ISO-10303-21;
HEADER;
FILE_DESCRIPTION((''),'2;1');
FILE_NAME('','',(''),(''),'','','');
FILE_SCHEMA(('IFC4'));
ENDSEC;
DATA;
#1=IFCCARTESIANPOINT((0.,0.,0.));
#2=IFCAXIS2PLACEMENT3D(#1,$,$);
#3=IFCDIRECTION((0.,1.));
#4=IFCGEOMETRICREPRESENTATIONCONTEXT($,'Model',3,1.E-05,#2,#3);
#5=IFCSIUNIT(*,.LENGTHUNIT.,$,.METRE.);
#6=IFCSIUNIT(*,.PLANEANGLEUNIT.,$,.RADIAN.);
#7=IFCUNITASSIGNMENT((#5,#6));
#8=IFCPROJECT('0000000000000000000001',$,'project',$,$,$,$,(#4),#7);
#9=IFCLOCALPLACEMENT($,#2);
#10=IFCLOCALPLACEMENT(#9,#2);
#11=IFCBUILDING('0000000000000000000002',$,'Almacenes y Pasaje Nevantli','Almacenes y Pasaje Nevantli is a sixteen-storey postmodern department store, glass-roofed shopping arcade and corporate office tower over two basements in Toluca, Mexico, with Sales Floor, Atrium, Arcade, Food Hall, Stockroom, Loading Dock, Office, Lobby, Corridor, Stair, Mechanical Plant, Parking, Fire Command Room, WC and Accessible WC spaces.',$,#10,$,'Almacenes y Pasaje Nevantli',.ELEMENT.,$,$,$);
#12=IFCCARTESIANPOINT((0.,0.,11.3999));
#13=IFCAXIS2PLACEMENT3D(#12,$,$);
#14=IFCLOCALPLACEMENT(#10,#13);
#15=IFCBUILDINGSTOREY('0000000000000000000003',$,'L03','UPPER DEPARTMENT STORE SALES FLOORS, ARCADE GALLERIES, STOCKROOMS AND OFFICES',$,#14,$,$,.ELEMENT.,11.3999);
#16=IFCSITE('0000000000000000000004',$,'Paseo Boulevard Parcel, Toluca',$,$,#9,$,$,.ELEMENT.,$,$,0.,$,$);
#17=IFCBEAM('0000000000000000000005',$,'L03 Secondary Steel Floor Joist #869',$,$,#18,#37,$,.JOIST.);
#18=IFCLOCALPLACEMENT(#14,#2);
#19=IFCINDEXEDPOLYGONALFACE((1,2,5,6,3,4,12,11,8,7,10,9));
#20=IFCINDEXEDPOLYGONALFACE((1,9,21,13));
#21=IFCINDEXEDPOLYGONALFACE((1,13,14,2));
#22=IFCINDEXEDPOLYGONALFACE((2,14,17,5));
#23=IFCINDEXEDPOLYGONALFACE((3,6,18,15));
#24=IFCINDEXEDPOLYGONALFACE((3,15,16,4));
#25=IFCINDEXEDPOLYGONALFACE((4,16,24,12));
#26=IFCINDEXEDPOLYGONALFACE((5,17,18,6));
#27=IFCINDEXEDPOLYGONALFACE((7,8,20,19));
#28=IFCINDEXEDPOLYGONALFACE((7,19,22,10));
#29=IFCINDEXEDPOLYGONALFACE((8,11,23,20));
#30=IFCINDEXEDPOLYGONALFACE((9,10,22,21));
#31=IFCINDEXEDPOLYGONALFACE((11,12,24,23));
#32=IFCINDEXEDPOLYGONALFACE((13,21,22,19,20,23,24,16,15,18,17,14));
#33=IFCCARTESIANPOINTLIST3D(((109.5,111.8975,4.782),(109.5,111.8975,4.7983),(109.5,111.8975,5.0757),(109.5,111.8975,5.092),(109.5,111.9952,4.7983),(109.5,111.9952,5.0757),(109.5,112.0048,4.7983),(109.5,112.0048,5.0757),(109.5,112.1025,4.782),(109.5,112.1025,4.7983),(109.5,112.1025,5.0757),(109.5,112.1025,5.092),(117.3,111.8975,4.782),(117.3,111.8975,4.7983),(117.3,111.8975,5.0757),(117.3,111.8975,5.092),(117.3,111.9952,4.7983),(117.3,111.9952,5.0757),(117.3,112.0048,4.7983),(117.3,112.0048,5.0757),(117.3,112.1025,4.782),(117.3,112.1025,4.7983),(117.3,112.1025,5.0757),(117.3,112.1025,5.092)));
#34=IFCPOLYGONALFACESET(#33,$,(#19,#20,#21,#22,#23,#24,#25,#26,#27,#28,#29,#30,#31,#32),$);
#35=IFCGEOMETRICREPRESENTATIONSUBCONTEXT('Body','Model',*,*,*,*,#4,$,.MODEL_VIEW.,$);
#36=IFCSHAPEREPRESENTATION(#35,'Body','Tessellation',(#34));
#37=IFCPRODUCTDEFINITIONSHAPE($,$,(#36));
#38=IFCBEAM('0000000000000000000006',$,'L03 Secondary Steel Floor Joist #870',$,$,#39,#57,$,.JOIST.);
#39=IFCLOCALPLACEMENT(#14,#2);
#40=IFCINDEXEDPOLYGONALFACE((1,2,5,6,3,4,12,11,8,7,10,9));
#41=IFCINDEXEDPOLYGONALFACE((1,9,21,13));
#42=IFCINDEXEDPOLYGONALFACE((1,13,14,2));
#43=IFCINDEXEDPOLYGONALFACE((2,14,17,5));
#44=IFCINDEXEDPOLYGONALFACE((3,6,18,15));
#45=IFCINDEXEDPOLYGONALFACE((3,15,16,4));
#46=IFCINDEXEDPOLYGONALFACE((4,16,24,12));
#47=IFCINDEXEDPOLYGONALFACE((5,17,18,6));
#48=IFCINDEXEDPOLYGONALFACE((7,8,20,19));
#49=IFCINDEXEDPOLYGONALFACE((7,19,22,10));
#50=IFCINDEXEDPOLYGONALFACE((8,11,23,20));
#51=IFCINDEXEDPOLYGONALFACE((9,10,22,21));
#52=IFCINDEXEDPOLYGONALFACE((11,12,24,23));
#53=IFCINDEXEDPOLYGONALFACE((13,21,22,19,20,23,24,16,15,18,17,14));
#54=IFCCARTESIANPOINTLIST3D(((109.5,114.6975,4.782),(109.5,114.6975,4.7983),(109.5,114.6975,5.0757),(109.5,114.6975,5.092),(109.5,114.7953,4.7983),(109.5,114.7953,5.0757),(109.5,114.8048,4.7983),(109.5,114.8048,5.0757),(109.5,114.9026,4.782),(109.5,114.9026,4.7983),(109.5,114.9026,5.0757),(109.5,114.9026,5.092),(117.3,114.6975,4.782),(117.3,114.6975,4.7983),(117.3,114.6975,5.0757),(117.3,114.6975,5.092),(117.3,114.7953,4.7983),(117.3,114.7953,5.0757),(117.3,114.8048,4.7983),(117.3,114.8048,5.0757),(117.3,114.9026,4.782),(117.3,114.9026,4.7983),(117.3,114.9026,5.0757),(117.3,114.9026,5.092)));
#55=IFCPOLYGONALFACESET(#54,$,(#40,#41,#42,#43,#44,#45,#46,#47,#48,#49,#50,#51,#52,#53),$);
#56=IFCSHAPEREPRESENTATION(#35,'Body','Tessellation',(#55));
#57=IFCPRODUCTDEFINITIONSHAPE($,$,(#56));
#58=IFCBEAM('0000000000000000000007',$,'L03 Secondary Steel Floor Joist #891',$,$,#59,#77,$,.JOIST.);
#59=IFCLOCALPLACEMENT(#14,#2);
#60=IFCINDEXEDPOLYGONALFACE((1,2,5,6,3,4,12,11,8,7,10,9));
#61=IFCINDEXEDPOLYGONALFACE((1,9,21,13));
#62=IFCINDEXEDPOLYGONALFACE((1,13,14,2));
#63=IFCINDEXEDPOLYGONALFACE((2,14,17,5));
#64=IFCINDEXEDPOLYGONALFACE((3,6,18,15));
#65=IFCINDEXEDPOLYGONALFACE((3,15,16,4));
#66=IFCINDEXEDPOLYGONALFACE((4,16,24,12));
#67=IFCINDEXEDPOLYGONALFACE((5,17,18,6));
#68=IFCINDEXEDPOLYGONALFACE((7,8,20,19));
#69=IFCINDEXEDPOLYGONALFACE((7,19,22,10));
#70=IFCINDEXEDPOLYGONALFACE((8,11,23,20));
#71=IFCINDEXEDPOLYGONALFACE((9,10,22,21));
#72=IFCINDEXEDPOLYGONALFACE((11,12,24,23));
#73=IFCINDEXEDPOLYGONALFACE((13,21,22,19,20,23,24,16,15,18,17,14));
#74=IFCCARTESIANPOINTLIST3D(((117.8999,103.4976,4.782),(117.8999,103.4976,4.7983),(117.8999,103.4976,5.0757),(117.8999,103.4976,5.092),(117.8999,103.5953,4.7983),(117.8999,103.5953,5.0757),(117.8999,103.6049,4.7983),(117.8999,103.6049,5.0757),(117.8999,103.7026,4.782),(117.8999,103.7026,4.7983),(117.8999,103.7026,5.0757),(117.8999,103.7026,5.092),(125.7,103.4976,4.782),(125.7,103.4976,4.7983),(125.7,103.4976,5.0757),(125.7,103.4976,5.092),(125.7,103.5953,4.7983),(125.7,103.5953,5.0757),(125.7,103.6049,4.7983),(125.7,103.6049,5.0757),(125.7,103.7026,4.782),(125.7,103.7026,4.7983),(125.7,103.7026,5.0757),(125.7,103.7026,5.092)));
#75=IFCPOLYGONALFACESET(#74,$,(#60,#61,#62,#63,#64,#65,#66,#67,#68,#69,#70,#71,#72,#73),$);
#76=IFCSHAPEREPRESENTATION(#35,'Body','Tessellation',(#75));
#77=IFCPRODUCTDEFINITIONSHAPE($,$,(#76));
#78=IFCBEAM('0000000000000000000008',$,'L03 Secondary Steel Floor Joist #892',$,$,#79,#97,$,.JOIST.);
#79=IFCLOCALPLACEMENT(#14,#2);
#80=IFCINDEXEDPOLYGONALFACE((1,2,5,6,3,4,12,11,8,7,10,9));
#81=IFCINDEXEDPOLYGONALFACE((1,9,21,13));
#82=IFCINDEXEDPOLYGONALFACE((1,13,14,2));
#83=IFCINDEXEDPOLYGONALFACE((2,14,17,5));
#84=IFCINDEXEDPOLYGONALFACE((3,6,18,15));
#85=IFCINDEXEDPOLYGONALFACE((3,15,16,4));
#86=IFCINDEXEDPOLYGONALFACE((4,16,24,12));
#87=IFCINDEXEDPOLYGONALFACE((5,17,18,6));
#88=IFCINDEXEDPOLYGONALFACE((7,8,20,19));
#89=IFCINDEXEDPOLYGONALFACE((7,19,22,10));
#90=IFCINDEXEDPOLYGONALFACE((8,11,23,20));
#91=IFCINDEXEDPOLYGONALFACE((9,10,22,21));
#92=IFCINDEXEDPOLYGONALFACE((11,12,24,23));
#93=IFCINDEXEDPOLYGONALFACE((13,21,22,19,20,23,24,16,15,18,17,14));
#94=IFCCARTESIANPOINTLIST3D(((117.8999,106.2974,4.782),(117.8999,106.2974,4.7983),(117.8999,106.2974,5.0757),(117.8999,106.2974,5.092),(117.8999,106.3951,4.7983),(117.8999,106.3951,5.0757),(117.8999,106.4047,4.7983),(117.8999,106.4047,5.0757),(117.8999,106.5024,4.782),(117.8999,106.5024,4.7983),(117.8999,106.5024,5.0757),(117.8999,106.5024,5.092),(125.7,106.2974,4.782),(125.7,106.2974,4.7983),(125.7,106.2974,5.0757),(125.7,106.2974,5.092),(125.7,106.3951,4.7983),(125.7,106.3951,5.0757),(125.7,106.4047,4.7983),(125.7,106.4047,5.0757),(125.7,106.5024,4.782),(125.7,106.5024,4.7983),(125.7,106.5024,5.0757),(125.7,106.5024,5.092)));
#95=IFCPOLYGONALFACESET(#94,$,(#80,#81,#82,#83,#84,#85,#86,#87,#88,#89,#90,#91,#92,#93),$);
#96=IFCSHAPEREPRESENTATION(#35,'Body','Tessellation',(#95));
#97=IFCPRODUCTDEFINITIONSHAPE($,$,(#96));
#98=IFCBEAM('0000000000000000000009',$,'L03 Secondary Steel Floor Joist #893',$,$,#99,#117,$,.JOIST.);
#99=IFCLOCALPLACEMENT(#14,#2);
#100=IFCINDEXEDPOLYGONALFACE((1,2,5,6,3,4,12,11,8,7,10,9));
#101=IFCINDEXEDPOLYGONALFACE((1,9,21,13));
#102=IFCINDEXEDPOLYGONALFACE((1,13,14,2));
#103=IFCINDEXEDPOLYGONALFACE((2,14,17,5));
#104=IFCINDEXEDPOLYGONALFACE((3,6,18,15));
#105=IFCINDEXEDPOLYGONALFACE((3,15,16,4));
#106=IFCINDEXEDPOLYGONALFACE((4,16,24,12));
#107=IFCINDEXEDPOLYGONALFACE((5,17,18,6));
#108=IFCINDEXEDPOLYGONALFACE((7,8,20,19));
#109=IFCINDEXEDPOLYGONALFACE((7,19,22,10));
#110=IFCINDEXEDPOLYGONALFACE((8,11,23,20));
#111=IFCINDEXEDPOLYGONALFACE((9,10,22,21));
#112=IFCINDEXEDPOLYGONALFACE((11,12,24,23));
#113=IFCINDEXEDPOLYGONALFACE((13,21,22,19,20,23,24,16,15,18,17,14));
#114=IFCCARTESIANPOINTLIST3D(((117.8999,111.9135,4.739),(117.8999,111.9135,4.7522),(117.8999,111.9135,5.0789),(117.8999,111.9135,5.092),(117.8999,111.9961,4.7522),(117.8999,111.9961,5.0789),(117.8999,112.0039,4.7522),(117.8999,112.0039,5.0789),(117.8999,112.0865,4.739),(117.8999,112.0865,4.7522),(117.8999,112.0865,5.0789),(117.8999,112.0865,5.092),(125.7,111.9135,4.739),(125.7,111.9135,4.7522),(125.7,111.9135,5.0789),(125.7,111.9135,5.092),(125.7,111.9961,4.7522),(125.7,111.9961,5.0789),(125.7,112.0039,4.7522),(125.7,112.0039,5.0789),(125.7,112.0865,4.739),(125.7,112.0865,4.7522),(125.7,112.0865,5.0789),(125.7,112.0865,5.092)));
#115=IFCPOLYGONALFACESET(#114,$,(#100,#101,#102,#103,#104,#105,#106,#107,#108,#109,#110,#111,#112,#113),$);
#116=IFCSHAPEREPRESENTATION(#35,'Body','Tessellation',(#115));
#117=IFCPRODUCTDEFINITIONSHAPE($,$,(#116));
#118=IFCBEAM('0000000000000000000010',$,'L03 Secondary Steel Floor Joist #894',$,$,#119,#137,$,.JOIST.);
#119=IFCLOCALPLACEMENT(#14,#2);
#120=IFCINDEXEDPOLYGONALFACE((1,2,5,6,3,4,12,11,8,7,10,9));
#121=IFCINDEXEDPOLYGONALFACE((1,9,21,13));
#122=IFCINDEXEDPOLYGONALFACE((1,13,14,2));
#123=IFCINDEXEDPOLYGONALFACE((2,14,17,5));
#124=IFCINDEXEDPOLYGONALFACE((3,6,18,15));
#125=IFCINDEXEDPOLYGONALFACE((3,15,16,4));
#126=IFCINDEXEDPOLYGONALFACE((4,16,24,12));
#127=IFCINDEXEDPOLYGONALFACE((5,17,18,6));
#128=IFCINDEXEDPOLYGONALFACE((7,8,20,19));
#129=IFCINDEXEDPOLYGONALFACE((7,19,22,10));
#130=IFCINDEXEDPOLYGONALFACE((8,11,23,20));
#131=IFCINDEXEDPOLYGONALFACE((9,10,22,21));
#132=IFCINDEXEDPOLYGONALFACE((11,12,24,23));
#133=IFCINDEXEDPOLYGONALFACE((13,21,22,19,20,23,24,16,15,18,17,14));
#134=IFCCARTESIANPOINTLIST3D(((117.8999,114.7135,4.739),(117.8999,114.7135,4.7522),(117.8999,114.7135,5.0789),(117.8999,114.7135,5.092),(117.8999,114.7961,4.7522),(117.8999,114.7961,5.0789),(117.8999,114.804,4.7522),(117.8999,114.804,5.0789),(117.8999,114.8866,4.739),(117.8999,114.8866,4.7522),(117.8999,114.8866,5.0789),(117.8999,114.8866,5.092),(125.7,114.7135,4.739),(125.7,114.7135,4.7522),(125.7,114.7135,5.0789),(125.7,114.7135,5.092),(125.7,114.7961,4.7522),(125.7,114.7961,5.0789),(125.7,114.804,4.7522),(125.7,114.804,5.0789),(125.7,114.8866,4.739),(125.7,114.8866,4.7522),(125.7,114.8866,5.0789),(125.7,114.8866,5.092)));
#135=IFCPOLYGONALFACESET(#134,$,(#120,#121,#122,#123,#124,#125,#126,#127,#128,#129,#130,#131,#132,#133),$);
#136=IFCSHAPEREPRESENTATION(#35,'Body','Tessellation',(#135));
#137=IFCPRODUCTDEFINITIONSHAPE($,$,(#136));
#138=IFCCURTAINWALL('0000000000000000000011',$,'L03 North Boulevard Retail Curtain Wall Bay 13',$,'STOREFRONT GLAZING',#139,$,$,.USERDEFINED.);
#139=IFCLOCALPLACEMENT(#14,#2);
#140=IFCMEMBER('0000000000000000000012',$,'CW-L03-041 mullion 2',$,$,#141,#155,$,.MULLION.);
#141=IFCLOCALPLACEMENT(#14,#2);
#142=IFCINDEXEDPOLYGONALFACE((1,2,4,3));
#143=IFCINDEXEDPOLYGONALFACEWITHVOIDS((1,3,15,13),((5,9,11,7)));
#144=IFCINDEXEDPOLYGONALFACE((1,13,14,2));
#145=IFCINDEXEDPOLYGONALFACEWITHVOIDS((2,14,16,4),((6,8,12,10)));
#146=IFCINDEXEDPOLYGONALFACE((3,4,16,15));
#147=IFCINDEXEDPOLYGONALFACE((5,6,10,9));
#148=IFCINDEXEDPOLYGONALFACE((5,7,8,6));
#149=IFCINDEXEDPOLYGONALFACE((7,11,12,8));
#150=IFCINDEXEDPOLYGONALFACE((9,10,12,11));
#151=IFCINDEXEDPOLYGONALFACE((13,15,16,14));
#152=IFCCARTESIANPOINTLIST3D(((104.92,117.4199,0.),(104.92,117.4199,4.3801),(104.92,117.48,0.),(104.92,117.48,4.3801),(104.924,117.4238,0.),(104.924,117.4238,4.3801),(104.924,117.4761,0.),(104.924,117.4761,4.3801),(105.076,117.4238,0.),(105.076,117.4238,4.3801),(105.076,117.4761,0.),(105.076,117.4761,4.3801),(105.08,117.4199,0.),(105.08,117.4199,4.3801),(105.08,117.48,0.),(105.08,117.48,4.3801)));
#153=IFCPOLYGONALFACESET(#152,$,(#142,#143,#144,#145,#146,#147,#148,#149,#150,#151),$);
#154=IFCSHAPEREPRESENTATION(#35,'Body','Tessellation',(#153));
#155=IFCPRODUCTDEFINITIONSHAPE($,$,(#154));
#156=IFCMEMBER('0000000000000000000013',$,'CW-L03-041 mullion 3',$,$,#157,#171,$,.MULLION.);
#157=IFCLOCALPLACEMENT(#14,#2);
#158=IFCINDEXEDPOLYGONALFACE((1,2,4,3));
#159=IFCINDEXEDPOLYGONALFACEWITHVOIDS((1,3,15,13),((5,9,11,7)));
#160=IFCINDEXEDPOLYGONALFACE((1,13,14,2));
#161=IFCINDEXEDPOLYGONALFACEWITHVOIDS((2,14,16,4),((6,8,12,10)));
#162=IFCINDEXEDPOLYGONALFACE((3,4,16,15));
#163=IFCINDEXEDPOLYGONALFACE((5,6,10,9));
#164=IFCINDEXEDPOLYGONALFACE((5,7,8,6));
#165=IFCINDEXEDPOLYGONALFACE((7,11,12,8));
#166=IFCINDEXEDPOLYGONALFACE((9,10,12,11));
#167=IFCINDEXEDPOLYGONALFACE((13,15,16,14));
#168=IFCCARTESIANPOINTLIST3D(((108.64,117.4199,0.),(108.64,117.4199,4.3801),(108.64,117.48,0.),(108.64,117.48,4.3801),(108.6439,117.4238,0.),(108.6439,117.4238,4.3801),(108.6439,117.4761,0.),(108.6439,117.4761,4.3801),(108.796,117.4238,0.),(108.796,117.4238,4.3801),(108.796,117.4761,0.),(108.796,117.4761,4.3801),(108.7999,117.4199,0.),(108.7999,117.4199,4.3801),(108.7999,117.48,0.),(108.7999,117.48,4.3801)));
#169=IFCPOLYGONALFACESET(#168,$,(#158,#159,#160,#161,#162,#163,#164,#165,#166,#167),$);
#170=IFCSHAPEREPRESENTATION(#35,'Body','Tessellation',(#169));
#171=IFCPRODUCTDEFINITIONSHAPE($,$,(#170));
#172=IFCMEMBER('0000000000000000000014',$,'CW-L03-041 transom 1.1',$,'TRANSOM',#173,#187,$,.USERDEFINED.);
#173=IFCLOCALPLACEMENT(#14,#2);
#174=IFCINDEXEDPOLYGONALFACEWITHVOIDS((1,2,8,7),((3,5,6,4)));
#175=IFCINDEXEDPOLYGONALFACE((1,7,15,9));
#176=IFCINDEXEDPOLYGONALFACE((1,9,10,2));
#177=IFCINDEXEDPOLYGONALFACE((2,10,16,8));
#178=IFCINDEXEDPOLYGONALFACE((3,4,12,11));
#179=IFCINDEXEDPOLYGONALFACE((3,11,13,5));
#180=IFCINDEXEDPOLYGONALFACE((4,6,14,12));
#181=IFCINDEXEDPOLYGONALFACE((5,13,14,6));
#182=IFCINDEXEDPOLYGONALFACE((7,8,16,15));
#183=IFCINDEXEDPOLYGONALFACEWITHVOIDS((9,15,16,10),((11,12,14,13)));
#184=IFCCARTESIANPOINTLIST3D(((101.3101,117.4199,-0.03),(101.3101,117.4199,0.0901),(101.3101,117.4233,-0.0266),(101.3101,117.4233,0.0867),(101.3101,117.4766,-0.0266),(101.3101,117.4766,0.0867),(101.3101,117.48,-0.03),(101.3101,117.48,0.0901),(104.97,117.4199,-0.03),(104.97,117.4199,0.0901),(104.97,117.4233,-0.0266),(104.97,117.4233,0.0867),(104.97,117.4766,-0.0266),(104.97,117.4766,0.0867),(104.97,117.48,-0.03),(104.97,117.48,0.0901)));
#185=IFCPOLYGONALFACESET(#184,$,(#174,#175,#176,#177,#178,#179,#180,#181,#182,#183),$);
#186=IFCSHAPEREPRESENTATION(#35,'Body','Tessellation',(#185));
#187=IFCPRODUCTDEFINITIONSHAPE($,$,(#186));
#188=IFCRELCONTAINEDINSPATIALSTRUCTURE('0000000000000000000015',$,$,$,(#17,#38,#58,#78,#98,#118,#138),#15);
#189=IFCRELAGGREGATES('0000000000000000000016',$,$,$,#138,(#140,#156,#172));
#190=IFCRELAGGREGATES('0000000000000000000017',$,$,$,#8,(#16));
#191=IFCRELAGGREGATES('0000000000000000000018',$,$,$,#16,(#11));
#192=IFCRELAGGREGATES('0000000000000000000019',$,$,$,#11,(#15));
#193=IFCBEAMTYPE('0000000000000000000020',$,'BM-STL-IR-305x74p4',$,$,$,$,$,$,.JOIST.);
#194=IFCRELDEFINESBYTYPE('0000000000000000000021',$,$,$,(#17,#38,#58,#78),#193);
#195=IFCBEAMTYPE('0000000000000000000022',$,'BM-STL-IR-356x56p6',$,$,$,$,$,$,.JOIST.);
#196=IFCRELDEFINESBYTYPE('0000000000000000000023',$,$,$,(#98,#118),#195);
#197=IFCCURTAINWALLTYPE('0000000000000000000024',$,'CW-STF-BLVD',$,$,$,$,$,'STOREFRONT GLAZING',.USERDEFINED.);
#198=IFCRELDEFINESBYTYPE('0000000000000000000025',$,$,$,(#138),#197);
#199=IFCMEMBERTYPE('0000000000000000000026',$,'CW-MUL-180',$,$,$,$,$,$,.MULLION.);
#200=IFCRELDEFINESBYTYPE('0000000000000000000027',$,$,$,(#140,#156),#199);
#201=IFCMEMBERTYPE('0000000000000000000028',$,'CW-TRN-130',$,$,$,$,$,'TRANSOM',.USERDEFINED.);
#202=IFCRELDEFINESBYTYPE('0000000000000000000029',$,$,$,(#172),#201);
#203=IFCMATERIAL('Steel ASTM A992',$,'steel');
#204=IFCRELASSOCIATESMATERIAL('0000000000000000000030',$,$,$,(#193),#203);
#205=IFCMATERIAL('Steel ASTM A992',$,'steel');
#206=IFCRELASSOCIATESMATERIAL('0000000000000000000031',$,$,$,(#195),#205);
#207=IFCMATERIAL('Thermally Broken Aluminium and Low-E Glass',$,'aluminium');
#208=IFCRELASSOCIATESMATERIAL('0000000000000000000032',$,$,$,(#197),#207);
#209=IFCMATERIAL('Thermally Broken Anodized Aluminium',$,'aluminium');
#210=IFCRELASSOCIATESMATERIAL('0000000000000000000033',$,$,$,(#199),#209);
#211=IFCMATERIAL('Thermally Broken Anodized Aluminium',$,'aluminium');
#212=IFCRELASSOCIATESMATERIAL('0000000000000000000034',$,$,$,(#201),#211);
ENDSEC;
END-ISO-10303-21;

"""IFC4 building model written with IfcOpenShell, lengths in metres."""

from ifc_helpers import new_model, si_unit, direction, frame, origin, origin_2d, place, context, subcontext, project, spatial, hollow_rectangle, i_section, extrude, material, material_profile, profile_set, type_object, element, aggregate, save


model = new_model("IFC4")

# Units and contexts
model_context = context("Model", 3, precision=1e-05, world=origin(), true_north=direction((0.0, 1.0)))
body_context = subcontext(model_context, "Body", "Model", "MODEL_VIEW")
ifc_project = project(units=[si_unit("LENGTHUNIT", "METRE"), si_unit("PLANEANGLEUNIT", "RADIAN")], contexts=[model_context])

# Site, building, storey
site_placement = place(None, origin())
site = spatial("IfcSite", under=ifc_project, at=site_placement, Name="Paseo Boulevard Parcel, Toluca", CompositionType="ELEMENT", RefElevation=0.0)
building_placement = place(site_placement, origin())
building = spatial("IfcBuilding", under=site, at=building_placement, Name="Almacenes y Pasaje Nevantli", Description="Almacenes y Pasaje Nevantli is a sixteen-storey postmodern department store, glass-roofed shopping arcade and corporate office tower over two basements in Toluca, Mexico, with Sales Floor, Atrium, Arcade, Food Hall, Stockroom, Loading Dock, Office, Lobby, Corridor, Stair, Mechanical Plant, Parking, Fire Command Room, WC and Accessible WC spaces.", LongName="Almacenes y Pasaje Nevantli", CompositionType="ELEMENT")
storey_placement = place(building_placement, frame((0.0, 0.0, 11.3999)))
storey = spatial("IfcBuildingStorey", under=building, at=storey_placement, Name="L03", Description="UPPER DEPARTMENT STORE SALES FLOORS, ARCADE GALLERIES, STOCKROOMS AND OFFICES", CompositionType="ELEMENT", Elevation=11.3999)

# Beams
ifc_material_1 = material(Name="Steel ASTM A992", Category="steel")
ifc_material_profile_1 = material_profile(ifc_material_1, i_section(OverallWidth=0.2051, OverallDepth=0.3101, WebThickness=0.0095, FlangeThickness=0.0164, at=origin_2d()), Name="IR 305x74.4")
ifc_profile_set_1 = profile_set([ifc_material_profile_1], Name="Steel ASTM A992")
beam_type_1 = type_object("IfcBeamType", Name="BM-STL-IR-305x74p4", PredefinedType="JOIST", material=ifc_profile_set_1)
for number, where, z_axis, x_axis, name in (
    (1, (109.5, 112.0, 4.937), (1.0, 0.0, 0.0), (0.0, 1.0, 0.0), "L03 Secondary Steel Floor Joist #869"),
    (2, (109.5, 114.8, 4.937), (1.0, 0.0, 0.0), (0.0, 1.0, 0.0), "L03 Secondary Steel Floor Joist #870"),
    (3, (117.8999, 103.6001, 4.937), (1.0, 0.0, 0.0), (0.0, 1.0, 0.0), "L03 Secondary Steel Floor Joist #891"),
    (4, (117.8999, 106.3999, 4.937), (1.0, 0.0, 0.0), (0.0, 1.0, 0.0), "L03 Secondary Steel Floor Joist #892"),
):
    element("IfcBeam", number, at=place(storey_placement, frame(where, z_axis=z_axis, x_axis=x_axis)), inside=storey, type_object=beam_type_1, Name=name, PredefinedType="JOIST", context=body_context, shape_type="SweptSolid", body=[
        extrude(i_section(OverallWidth=0.2051, OverallDepth=0.3101, WebThickness=0.0095, FlangeThickness=0.0164, at=origin_2d()), origin(), (0.0, 0.0, 1.0), 7.8),
    ])
ifc_material_2 = material(Name="Steel ASTM A992", Category="steel")
ifc_material_profile_2 = material_profile(ifc_material_2, i_section(OverallWidth=0.1731, OverallDepth=0.353, WebThickness=0.0078, FlangeThickness=0.0132, at=origin_2d()), Name="IR 356x56.6")
ifc_profile_set_2 = profile_set([ifc_material_profile_2], Name="Steel ASTM A992")
beam_type_2 = type_object("IfcBeamType", Name="BM-STL-IR-356x56p6", PredefinedType="JOIST", material=ifc_profile_set_2)
for number, where, z_axis, x_axis, name in (
    (5, (117.8999, 112.0, 4.9155), (1.0, 0.0, 0.0), (0.0, 1.0, 0.0), "L03 Secondary Steel Floor Joist #893"),
    (6, (117.8999, 114.8, 4.9155), (1.0, 0.0, 0.0), (0.0, 1.0, 0.0), "L03 Secondary Steel Floor Joist #894"),
):
    element("IfcBeam", number, at=place(storey_placement, frame(where, z_axis=z_axis, x_axis=x_axis)), inside=storey, type_object=beam_type_2, Name=name, PredefinedType="JOIST", context=body_context, shape_type="SweptSolid", body=[
        extrude(i_section(OverallWidth=0.1731, OverallDepth=0.353, WebThickness=0.0078, FlangeThickness=0.0132, at=origin_2d()), origin(), (0.0, 0.0, 1.0), 7.8),
    ])

# Curtain wall, members
ifc_material_3 = material(Name="Thermally Broken Aluminium and Low-E Glass", Category="aluminium")
curtain_wall_type = type_object("IfcCurtainWallType", Name="CW-STF-BLVD", ElementType="STOREFRONT GLAZING", PredefinedType="USERDEFINED", material=ifc_material_3)
curtain_wall_placement = place(storey_placement, origin())
curtain_wall = element("IfcCurtainWall", 7, at=curtain_wall_placement, inside=storey, type_object=curtain_wall_type, Name="L03 North Boulevard Retail Curtain Wall Bay 13", ObjectType="STOREFRONT GLAZING", PredefinedType="USERDEFINED")
ifc_material_4 = material(Name="Thermally Broken Anodized Aluminium", Category="aluminium")
ifc_material_profile_3 = material_profile(ifc_material_4, hollow_rectangle(XDim=0.0601, YDim=0.1599, WallThickness=0.0039, at=origin_2d()), Name="ALU-MUL-60x160")
ifc_profile_set_3 = profile_set([ifc_material_profile_3], Name="Thermally Broken Anodized Aluminium")
member_type_1 = type_object("IfcMemberType", Name="CW-MUL-180", PredefinedType="MULLION", material=ifc_profile_set_3)
member_1_placement = place(storey_placement, frame((105.0, 117.45, 0.0), z_axis=(0.0, 0.0, 1.0), x_axis=(0.0, 1.0, 0.0)))
member_1 = element("IfcMember", 8, at=member_1_placement, type_object=member_type_1, Name="CW-L03-041 mullion 2", PredefinedType="MULLION", context=body_context, shape_type="SweptSolid", body=[
    extrude(hollow_rectangle(XDim=0.0601, YDim=0.1599, WallThickness=0.0039, at=origin_2d()), origin(), (0.0, 0.0, 1.0), 4.3801),
])
member_2_placement = place(storey_placement, frame((108.72, 117.45, 0.0), z_axis=(0.0, 0.0, 1.0), x_axis=(0.0, 1.0, 0.0)))
member_2 = element("IfcMember", 9, at=member_2_placement, type_object=member_type_1, Name="CW-L03-041 mullion 3", PredefinedType="MULLION", context=body_context, shape_type="SweptSolid", body=[
    extrude(hollow_rectangle(XDim=0.0601, YDim=0.1599, WallThickness=0.0039, at=origin_2d()), origin(), (0.0, 0.0, 1.0), 4.3801),
])
ifc_material_5 = material(Name="Thermally Broken Anodized Aluminium", Category="aluminium")
ifc_material_profile_4 = material_profile(ifc_material_5, hollow_rectangle(XDim=0.0601, YDim=0.1201, WallThickness=0.0034, at=origin_2d()), Name="ALU-TRN-60x120")
ifc_profile_set_4 = profile_set([ifc_material_profile_4], Name="Thermally Broken Anodized Aluminium")
member_type_2 = type_object("IfcMemberType", Name="CW-TRN-130", ElementType="TRANSOM", PredefinedType="USERDEFINED", material=ifc_profile_set_4)
member_3_placement = place(storey_placement, frame((101.3101, 117.45, 0.03), z_axis=(1.0, 0.0, 0.0), x_axis=(0.0, 1.0, 0.0)))
member_3 = element("IfcMember", 10, at=member_3_placement, type_object=member_type_2, Name="CW-L03-041 transom 1.1", ObjectType="TRANSOM", PredefinedType="USERDEFINED", context=body_context, shape_type="SweptSolid", body=[
    extrude(hollow_rectangle(XDim=0.0601, YDim=0.1201, WallThickness=0.0034, at=origin_2d()), origin(), (0.0, 0.0, 1.0), 3.6599),
])
aggregate(curtain_wall, [member_1, member_2, member_3])

save(model, "model.ifc")
